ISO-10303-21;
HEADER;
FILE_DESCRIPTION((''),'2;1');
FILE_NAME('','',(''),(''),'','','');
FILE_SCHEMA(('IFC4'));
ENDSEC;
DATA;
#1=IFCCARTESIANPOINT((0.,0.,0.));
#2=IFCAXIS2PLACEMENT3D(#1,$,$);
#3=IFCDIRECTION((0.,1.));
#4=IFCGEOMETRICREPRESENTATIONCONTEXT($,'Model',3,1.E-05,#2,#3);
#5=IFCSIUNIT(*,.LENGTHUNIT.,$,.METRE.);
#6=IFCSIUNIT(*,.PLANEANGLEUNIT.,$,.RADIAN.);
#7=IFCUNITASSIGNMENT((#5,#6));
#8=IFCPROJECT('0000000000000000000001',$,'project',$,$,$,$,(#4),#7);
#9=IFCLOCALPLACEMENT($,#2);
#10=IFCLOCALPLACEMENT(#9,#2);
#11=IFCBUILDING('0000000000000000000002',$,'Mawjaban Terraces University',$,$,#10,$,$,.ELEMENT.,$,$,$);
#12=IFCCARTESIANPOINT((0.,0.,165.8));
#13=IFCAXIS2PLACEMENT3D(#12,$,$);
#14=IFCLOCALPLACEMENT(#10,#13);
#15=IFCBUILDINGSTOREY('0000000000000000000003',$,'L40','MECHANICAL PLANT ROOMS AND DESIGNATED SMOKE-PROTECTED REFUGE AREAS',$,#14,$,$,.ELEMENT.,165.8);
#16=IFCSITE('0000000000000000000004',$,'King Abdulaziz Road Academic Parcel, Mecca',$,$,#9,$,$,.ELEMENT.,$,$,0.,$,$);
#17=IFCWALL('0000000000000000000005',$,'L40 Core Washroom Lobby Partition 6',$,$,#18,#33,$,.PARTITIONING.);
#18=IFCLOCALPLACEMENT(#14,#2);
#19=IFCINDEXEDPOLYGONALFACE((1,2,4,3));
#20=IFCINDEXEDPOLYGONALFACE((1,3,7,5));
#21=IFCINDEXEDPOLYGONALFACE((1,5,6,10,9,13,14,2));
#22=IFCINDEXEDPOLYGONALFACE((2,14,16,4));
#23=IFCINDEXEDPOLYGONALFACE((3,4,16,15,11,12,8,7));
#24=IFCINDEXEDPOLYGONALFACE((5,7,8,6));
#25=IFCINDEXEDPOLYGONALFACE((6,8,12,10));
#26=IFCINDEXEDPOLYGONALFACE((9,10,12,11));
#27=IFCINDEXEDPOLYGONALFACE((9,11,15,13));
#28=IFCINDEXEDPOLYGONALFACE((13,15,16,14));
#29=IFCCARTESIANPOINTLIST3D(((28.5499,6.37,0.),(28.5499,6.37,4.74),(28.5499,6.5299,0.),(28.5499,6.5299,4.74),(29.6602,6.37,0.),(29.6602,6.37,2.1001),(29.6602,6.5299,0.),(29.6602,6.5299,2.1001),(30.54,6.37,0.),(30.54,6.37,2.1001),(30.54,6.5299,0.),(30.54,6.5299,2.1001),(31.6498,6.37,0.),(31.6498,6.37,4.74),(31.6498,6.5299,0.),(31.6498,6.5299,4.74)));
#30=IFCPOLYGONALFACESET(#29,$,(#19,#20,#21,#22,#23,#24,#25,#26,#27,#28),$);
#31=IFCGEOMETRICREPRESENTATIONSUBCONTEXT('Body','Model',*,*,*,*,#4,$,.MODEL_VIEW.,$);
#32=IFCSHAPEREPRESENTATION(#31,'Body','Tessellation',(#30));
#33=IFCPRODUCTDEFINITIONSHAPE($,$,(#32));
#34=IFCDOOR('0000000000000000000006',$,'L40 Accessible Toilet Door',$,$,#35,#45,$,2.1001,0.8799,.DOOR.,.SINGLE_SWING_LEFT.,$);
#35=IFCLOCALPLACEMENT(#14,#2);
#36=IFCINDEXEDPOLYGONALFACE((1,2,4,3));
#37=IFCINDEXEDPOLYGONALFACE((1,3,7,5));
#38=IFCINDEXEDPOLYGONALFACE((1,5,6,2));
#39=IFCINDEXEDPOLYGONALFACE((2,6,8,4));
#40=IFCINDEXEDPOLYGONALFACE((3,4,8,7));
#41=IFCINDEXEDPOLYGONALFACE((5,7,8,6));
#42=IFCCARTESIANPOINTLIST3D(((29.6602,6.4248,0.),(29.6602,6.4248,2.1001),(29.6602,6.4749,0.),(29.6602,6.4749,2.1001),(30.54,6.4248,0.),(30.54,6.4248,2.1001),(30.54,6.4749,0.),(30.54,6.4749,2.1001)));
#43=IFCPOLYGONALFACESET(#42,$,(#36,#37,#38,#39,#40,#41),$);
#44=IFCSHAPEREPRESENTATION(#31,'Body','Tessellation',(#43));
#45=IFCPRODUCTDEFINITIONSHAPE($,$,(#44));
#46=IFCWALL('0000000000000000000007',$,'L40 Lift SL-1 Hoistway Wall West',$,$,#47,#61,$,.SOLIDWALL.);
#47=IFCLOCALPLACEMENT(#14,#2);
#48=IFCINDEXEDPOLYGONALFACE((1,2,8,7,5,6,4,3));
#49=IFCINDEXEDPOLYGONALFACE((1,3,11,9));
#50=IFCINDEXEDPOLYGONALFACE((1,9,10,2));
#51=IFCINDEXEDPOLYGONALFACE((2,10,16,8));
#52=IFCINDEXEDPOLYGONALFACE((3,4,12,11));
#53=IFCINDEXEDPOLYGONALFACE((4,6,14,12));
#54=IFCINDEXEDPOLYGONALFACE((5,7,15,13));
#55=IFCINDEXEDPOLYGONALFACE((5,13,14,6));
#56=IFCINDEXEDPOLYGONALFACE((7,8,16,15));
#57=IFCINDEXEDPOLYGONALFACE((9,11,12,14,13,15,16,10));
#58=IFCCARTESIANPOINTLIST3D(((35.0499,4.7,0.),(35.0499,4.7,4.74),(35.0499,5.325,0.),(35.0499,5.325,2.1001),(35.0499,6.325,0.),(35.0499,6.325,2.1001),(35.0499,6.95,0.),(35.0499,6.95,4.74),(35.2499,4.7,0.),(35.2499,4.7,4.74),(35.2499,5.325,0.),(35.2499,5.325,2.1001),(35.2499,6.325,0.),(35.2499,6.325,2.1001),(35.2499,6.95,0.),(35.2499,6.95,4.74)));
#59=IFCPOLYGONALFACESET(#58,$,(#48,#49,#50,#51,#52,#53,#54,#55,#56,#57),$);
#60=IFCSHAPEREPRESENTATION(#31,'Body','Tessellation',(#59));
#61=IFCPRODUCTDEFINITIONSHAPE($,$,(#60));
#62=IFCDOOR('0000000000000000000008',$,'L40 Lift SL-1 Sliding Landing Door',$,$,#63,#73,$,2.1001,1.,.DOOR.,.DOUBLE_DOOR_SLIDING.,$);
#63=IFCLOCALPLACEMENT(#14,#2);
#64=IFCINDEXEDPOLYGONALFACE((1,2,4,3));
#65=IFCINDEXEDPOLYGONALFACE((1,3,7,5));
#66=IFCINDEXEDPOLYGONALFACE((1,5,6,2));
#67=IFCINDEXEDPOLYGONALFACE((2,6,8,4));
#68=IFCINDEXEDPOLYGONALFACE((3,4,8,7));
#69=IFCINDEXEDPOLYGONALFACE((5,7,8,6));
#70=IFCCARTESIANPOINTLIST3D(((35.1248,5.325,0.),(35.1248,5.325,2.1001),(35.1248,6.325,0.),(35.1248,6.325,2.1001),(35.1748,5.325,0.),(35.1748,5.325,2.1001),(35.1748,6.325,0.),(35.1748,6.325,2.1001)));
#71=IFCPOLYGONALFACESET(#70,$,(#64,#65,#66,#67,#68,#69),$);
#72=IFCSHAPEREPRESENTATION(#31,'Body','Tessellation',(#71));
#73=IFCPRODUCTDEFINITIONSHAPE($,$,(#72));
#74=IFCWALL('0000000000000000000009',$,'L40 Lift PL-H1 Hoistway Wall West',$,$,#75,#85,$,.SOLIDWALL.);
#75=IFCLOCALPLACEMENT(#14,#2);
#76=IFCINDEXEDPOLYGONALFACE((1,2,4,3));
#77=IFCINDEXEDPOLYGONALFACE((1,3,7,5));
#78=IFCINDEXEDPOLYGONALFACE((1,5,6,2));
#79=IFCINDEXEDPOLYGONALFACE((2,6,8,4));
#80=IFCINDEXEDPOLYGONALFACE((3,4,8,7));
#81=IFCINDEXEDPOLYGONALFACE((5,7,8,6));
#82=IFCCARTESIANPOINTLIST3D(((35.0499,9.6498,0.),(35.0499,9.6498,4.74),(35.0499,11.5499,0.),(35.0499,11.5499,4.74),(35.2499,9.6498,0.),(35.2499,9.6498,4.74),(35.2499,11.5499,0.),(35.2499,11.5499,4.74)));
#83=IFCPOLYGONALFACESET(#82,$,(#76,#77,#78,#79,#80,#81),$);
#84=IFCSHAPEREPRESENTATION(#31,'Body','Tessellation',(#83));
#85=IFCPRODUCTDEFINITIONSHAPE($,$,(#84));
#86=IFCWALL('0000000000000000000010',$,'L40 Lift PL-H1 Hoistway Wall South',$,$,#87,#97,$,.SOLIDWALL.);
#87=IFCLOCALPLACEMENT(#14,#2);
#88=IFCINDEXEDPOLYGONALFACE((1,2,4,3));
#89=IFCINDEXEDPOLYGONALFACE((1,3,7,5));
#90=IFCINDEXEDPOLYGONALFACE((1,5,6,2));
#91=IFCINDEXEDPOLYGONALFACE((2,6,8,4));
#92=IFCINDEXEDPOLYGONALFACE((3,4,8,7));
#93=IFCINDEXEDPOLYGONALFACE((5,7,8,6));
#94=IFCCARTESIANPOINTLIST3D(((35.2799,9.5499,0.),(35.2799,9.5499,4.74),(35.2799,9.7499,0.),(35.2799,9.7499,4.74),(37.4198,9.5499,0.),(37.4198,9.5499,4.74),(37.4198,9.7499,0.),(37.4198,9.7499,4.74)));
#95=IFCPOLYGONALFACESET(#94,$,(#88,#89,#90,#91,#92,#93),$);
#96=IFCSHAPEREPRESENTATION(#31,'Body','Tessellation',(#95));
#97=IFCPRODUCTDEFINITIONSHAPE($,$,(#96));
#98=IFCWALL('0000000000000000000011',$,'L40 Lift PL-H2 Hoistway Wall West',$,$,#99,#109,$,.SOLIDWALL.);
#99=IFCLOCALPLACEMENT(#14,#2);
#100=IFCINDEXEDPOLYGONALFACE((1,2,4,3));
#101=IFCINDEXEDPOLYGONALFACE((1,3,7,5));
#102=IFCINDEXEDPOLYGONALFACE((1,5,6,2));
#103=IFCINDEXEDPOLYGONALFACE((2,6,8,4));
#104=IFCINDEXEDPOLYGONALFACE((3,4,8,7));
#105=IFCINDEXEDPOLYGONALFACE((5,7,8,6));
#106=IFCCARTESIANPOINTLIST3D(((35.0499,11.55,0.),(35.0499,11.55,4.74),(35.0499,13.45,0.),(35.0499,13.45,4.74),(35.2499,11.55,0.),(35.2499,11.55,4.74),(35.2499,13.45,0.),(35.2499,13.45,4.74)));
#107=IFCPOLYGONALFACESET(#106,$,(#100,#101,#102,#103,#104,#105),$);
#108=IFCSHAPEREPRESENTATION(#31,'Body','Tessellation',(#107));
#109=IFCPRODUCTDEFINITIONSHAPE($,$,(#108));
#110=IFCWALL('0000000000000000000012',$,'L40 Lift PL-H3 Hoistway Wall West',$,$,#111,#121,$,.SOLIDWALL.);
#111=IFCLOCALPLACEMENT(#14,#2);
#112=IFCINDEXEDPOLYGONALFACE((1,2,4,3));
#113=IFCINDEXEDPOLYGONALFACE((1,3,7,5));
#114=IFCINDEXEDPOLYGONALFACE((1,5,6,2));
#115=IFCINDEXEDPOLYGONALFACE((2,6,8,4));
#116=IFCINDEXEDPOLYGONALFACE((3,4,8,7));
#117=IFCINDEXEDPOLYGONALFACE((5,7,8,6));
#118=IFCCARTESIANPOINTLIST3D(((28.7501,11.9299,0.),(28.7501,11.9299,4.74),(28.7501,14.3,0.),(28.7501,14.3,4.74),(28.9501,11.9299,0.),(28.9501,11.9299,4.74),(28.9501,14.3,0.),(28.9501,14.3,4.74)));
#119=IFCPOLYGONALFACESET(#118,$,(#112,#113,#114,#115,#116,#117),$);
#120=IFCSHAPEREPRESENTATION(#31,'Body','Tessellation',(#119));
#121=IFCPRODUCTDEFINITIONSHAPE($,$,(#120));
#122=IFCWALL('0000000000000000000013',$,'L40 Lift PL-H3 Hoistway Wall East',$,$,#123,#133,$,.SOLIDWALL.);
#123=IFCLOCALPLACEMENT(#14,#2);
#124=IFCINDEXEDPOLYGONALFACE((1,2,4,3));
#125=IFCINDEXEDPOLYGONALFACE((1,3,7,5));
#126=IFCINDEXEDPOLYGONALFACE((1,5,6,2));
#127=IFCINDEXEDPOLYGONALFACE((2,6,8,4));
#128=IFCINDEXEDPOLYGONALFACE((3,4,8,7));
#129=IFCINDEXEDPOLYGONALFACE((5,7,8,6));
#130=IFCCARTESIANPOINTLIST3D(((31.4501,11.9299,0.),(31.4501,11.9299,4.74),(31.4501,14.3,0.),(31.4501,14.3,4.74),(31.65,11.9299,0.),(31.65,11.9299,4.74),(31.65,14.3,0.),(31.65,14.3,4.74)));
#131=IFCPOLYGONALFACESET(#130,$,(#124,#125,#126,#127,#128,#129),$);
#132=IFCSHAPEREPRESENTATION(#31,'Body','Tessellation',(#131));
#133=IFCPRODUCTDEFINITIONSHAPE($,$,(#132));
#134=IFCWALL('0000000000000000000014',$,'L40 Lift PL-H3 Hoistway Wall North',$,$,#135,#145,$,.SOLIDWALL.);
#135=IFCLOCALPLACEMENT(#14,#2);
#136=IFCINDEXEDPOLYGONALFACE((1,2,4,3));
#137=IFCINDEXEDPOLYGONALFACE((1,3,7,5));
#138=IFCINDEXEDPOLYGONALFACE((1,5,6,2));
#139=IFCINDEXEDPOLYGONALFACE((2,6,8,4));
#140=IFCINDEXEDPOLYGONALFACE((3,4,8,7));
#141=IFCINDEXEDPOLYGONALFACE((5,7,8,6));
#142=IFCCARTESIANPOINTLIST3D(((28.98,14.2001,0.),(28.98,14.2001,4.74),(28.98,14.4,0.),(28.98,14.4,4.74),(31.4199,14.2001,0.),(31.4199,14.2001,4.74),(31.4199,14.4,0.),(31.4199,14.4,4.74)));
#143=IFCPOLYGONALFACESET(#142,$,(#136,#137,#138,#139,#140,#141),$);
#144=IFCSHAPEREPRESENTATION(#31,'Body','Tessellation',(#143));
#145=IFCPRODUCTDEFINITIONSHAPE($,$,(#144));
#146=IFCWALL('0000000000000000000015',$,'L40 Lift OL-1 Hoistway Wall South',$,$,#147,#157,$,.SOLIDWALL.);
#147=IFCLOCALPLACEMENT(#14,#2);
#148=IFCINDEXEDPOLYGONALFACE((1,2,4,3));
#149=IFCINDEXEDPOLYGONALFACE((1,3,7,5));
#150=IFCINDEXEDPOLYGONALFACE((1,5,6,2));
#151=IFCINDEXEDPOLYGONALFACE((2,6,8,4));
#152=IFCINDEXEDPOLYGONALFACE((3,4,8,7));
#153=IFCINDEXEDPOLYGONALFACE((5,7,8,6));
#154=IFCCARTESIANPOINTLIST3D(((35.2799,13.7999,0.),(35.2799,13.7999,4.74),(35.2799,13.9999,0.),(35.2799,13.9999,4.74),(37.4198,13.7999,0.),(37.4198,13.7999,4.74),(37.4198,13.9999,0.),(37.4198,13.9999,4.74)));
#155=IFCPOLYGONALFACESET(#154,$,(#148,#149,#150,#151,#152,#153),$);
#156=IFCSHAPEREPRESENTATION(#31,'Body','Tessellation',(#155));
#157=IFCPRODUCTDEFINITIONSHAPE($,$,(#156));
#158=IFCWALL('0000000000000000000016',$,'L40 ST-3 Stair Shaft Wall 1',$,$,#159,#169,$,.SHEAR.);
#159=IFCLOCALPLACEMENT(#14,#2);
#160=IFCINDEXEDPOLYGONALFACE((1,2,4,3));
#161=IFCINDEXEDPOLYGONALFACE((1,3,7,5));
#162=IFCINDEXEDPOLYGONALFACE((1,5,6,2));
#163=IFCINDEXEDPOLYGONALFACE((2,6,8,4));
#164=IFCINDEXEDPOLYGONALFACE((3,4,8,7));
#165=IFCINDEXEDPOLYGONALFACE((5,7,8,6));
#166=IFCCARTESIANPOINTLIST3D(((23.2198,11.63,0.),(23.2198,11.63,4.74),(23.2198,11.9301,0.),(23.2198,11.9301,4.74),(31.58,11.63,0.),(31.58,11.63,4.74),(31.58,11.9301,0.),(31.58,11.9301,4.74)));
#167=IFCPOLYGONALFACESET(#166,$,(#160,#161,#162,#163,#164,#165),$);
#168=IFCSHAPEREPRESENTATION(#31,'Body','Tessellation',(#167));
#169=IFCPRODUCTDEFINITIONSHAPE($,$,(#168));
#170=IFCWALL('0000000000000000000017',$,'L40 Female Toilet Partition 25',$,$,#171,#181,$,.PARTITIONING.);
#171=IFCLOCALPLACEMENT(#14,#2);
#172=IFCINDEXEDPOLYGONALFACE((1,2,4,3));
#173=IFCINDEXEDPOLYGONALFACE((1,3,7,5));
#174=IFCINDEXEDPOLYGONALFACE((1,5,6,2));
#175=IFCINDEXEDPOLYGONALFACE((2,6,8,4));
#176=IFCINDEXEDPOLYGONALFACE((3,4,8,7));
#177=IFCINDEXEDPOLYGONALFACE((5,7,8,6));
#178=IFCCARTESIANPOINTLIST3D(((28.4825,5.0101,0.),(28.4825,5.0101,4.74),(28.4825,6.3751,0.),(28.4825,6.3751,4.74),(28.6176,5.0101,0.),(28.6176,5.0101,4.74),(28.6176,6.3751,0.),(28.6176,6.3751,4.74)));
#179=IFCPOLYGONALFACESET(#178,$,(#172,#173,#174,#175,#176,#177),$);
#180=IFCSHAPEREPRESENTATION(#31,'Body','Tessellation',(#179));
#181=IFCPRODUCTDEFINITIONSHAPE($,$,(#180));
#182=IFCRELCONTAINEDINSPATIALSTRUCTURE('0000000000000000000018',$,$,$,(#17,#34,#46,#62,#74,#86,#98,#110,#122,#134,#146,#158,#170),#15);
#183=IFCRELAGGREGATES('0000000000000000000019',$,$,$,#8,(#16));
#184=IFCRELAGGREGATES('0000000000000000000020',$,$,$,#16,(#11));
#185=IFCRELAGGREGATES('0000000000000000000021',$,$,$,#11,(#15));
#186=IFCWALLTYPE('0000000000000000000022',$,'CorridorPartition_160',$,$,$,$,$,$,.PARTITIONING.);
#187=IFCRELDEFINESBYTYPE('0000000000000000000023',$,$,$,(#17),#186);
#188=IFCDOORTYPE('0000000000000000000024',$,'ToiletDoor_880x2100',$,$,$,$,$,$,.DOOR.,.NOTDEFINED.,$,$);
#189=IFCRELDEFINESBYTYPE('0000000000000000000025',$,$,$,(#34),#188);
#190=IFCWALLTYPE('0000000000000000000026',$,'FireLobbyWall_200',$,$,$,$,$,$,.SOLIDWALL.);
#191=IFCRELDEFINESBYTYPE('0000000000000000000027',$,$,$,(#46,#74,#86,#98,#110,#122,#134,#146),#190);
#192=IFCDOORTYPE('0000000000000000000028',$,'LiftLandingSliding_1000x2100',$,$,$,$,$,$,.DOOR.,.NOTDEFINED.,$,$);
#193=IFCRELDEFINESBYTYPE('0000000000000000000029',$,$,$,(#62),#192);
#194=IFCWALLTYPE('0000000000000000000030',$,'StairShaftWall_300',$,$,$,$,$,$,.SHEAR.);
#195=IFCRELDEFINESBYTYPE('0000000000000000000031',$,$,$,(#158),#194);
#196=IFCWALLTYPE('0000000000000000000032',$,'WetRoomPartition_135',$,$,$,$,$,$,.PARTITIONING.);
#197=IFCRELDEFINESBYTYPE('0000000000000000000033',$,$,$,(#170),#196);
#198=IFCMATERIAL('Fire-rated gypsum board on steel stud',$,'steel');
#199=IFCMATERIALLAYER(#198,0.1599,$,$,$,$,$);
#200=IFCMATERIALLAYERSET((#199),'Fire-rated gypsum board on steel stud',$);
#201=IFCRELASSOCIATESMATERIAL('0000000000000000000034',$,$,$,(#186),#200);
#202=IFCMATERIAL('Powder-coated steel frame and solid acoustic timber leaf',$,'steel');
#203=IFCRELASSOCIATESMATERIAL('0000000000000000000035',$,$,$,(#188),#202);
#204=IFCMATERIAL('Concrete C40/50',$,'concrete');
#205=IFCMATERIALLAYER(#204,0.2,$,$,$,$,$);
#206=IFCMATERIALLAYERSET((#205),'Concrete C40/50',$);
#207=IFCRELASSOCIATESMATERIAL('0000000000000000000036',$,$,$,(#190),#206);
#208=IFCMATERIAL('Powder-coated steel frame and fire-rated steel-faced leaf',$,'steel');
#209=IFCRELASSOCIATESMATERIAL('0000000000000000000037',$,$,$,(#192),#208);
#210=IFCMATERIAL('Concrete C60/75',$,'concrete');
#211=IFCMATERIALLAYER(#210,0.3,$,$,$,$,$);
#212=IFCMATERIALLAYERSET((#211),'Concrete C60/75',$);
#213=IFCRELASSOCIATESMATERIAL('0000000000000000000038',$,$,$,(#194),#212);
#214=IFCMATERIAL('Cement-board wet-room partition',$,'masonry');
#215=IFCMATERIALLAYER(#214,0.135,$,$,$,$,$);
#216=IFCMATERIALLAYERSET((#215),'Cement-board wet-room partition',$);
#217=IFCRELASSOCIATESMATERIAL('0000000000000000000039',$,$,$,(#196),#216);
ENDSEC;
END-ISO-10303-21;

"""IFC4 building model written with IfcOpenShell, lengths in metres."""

from ifc_helpers import new_model, si_unit, direction, frame, frame_2d, origin, place, context, subcontext, project, spatial, rectangle, extrude, material, layer, layer_set, type_object, element, fill, save


model = new_model("IFC4")

# Units and contexts
model_context = context("Model", 3, precision=1e-05, world=origin(), true_north=direction((0.0, 1.0)))
body_context = subcontext(model_context, "Body", "Model", "MODEL_VIEW")
ifc_project = project(units=[si_unit("LENGTHUNIT", "METRE"), si_unit("PLANEANGLEUNIT", "RADIAN")], contexts=[model_context])

# Site, building, storey
site_placement = place(None, origin())
site = spatial("IfcSite", under=ifc_project, at=site_placement, Name="King Abdulaziz Road Academic Parcel, Mecca", CompositionType="ELEMENT", RefElevation=0.0)
building_placement = place(site_placement, origin())
building = spatial("IfcBuilding", under=site, at=building_placement, Name="Mawjaban Terraces University", CompositionType="ELEMENT")
storey_placement = place(building_placement, frame((0.0, 0.0, 165.8)))
storey = spatial("IfcBuildingStorey", under=building, at=storey_placement, Name="L40", Description="MECHANICAL PLANT ROOMS AND DESIGNATED SMOKE-PROTECTED REFUGE AREAS", CompositionType="ELEMENT", Elevation=165.8)

# Walls, openings, doors
ifc_material_1 = material(Name="Fire-rated gypsum board on steel stud", Category="steel")
ifc_layer_1 = layer(ifc_material_1, 0.1599)
ifc_layer_set_1 = layer_set([ifc_layer_1], Name="Fire-rated gypsum board on steel stud")
wall_type_1 = type_object("IfcWallType", Name="CorridorPartition_160", PredefinedType="PARTITIONING", material=ifc_layer_set_1)
wall_1_placement = place(storey_placement, frame((28.55, 6.45, 0.0), z_axis=(0.0, 0.0, 1.0), x_axis=(1.0, 0.0, 0.0)))
wall_1 = element("IfcWall", 1, at=wall_1_placement, inside=storey, type_object=wall_type_1, Name="L40 Core Washroom Lobby Partition 6", PredefinedType="PARTITIONING", context=body_context, shape_type="SweptSolid", body=[
    extrude(rectangle(XDim=3.0999, YDim=0.1599, at=frame_2d((1.5498, 0.0))), origin(), (0.0, 0.0, 1.0), 4.74),
])
opening_1_placement = place(wall_1_placement, frame((1.1101, 0.0, 0.0)))
opening_1 = element("IfcOpeningElement", 2, at=opening_1_placement, cuts=wall_1, PredefinedType="OPENING", context=body_context, shape_type="SweptSolid", body=[
    extrude(rectangle(XDim=0.8799, YDim=2.1001, at=frame_2d((0.4399, 1.05))), frame((0.0, 0.0898, 0.0), z_axis=(0.0, -1.0, 0.0), x_axis=(1.0, 0.0, 0.0)), (0.0, 0.0, 1.0), 0.1799),
])
ifc_material_2 = material(Name="Powder-coated steel frame and solid acoustic timber leaf", Category="steel")
door_type_1 = type_object("IfcDoorType", Name="ToiletDoor_880x2100", OperationType="NOTDEFINED", PredefinedType="DOOR", material=ifc_material_2)
door_1_placement = place(opening_1_placement, origin())
door_1 = element("IfcDoor", 3, at=door_1_placement, inside=storey, type_object=door_type_1, Name="L40 Accessible Toilet Door", OperationType="SINGLE_SWING_LEFT", OverallHeight=2.1001, OverallWidth=0.8799, PredefinedType="DOOR", context=body_context, shape_type="SweptSolid", body=[
    extrude(rectangle(XDim=0.8799, YDim=2.1001, at=frame_2d((0.4399, 1.05))), frame((0.0, 0.0249, 0.0), z_axis=(0.0, -1.0, 0.0), x_axis=(1.0, 0.0, 0.0)), (0.0, 0.0, 1.0), 0.05),
])
fill(opening_1, door_1)
ifc_material_3 = material(Name="Concrete C40/50", Category="concrete")
ifc_layer_2 = layer(ifc_material_3, 0.2)
ifc_layer_set_2 = layer_set([ifc_layer_2], Name="Concrete C40/50")
wall_type_2 = type_object("IfcWallType", Name="FireLobbyWall_200", PredefinedType="SOLIDWALL", material=ifc_layer_set_2)
wall_2_placement = place(storey_placement, frame((35.1499, 6.95, 0.0), z_axis=(0.0, 0.0, 1.0), x_axis=(0.0, -1.0, 0.0)))
wall_2 = element("IfcWall", 4, at=wall_2_placement, inside=storey, type_object=wall_type_2, Name="L40 Lift SL-1 Hoistway Wall West", PredefinedType="SOLIDWALL", context=body_context, shape_type="SweptSolid", body=[
    extrude(rectangle(XDim=2.25, YDim=0.2, at=frame_2d((1.125, 0.0))), origin(), (0.0, 0.0, 1.0), 4.74),
])
opening_2_placement = place(wall_2_placement, frame((0.625, 0.0, 0.0)))
opening_2 = element("IfcOpeningElement", 5, at=opening_2_placement, cuts=wall_2, PredefinedType="OPENING", context=body_context, shape_type="SweptSolid", body=[
    extrude(rectangle(XDim=1.0, YDim=2.1001, at=frame_2d((0.5, 1.05))), frame((0.0, 0.1099, 0.0), z_axis=(0.0, -1.0, 0.0), x_axis=(1.0, 0.0, 0.0)), (0.0, 0.0, 1.0), 0.22),
])
ifc_material_4 = material(Name="Powder-coated steel frame and fire-rated steel-faced leaf", Category="steel")
door_type_2 = type_object("IfcDoorType", Name="LiftLandingSliding_1000x2100", OperationType="NOTDEFINED", PredefinedType="DOOR", material=ifc_material_4)
door_2_placement = place(opening_2_placement, origin())
door_2 = element("IfcDoor", 6, at=door_2_placement, inside=storey, type_object=door_type_2, Name="L40 Lift SL-1 Sliding Landing Door", OperationType="DOUBLE_DOOR_SLIDING", OverallHeight=2.1001, OverallWidth=1.0, PredefinedType="DOOR", context=body_context, shape_type="SweptSolid", body=[
    extrude(rectangle(XDim=1.0, YDim=2.1001, at=frame_2d((0.5, 1.05))), frame((0.0, 0.0249, 0.0), z_axis=(0.0, -1.0, 0.0), x_axis=(1.0, 0.0, 0.0)), (0.0, 0.0, 1.0), 0.05),
])
fill(opening_2, door_2)

# Walls
wall_3_placement = place(storey_placement, frame((35.1499, 11.55, 0.0), z_axis=(0.0, 0.0, 1.0), x_axis=(0.0, -1.0, 0.0)))
element("IfcWall", 7, at=wall_3_placement, inside=storey, type_object=wall_type_2, Name="L40 Lift PL-H1 Hoistway Wall West", PredefinedType="SOLIDWALL", context=body_context, shape_type="SweptSolid", body=[
    extrude(rectangle(XDim=1.9001, YDim=0.2, at=frame_2d((0.9502, 0.0))), origin(), (0.0, 0.0, 1.0), 4.74),
])
wall_4_placement = place(storey_placement, frame((35.28, 9.6499, 0.0), z_axis=(0.0, 0.0, 1.0), x_axis=(1.0, 0.0, 0.0)))
element("IfcWall", 8, at=wall_4_placement, inside=storey, type_object=wall_type_2, Name="L40 Lift PL-H1 Hoistway Wall South", PredefinedType="SOLIDWALL", context=body_context, shape_type="SweptSolid", body=[
    extrude(rectangle(XDim=2.1399, YDim=0.2, at=frame_2d((1.0698, 0.0))), origin(), (0.0, 0.0, 1.0), 4.74),
])
wall_5_placement = place(storey_placement, frame((35.1499, 13.45, 0.0), z_axis=(0.0, 0.0, 1.0), x_axis=(0.0, -1.0, 0.0)))
element("IfcWall", 9, at=wall_5_placement, inside=storey, type_object=wall_type_2, Name="L40 Lift PL-H2 Hoistway Wall West", PredefinedType="SOLIDWALL", context=body_context, shape_type="SweptSolid", body=[
    extrude(rectangle(XDim=1.8999, YDim=0.2, at=frame_2d((0.95, 0.0))), origin(), (0.0, 0.0, 1.0), 4.74),
])
for number, where, z_axis, x_axis, name in (
    (10, (28.8501, 14.3, 0.0), (0.0, 0.0, 1.0), (0.0, -1.0, 0.0), "L40 Lift PL-H3 Hoistway Wall West"),
    (11, (31.55, 11.9299, 0.0), (0.0, 0.0, 1.0), (0.0, 1.0, 0.0), "L40 Lift PL-H3 Hoistway Wall East"),
):
    element("IfcWall", number, at=place(storey_placement, frame(where, z_axis=z_axis, x_axis=x_axis)), inside=storey, type_object=wall_type_2, Name=name, PredefinedType="SOLIDWALL", context=body_context, shape_type="SweptSolid", body=[
        extrude(rectangle(XDim=2.3701, YDim=0.2, at=frame_2d((1.1851, 0.0))), origin(), (0.0, 0.0, 1.0), 4.74),
    ])
wall_6_placement = place(storey_placement, frame((31.4199, 14.3, 0.0), z_axis=(0.0, 0.0, 1.0), x_axis=(-1.0, 0.0, 0.0)))
element("IfcWall", 12, at=wall_6_placement, inside=storey, type_object=wall_type_2, Name="L40 Lift PL-H3 Hoistway Wall North", PredefinedType="SOLIDWALL", context=body_context, shape_type="SweptSolid", body=[
    extrude(rectangle(XDim=2.4399, YDim=0.2, at=frame_2d((1.22, 0.0))), origin(), (0.0, 0.0, 1.0), 4.74),
])
wall_7_placement = place(storey_placement, frame((35.28, 13.8999, 0.0), z_axis=(0.0, 0.0, 1.0), x_axis=(1.0, 0.0, 0.0)))
element("IfcWall", 13, at=wall_7_placement, inside=storey, type_object=wall_type_2, Name="L40 Lift OL-1 Hoistway Wall South", PredefinedType="SOLIDWALL", context=body_context, shape_type="SweptSolid", body=[
    extrude(rectangle(XDim=2.1399, YDim=0.2, at=frame_2d((1.0698, 0.0))), origin(), (0.0, 0.0, 1.0), 4.74),
])
ifc_material_5 = material(Name="Concrete C60/75", Category="concrete")
ifc_layer_3 = layer(ifc_material_5, 0.3)
ifc_layer_set_3 = layer_set([ifc_layer_3], Name="Concrete C60/75")
wall_type_3 = type_object("IfcWallType", Name="StairShaftWall_300", PredefinedType="SHEAR", material=ifc_layer_set_3)
wall_8_placement = place(storey_placement, frame((31.5801, 11.78, 0.0), z_axis=(0.0, 0.0, 1.0), x_axis=(-1.0, 0.0, 0.0)))
element("IfcWall", 14, at=wall_8_placement, inside=storey, type_object=wall_type_3, Name="L40 ST-3 Stair Shaft Wall 1", PredefinedType="SHEAR", context=body_context, shape_type="SweptSolid", body=[
    extrude(rectangle(XDim=8.3601, YDim=0.3, at=frame_2d((4.1802, 0.0))), origin(), (0.0, 0.0, 1.0), 4.74),
])

# Wall
ifc_material_6 = material(Name="Cement-board wet-room partition", Category="masonry")
ifc_layer_4 = layer(ifc_material_6, 0.135)
ifc_layer_set_4 = layer_set([ifc_layer_4], Name="Cement-board wet-room partition")
wall_type_4 = type_object("IfcWallType", Name="WetRoomPartition_135", PredefinedType="PARTITIONING", material=ifc_layer_set_4)
wall_9_placement = place(storey_placement, frame((28.55, 5.01, 0.0), z_axis=(0.0, 0.0, 1.0), x_axis=(0.0, 1.0, 0.0)))
element("IfcWall", 15, at=wall_9_placement, inside=storey, type_object=wall_type_4, Name="L40 Female Toilet Partition 25", PredefinedType="PARTITIONING", context=body_context, shape_type="SweptSolid", body=[
    extrude(rectangle(XDim=1.365, YDim=0.135, at=frame_2d((0.6826, 0.0))), origin(), (0.0, 0.0, 1.0), 4.74),
])

save(model, "model.ifc")
